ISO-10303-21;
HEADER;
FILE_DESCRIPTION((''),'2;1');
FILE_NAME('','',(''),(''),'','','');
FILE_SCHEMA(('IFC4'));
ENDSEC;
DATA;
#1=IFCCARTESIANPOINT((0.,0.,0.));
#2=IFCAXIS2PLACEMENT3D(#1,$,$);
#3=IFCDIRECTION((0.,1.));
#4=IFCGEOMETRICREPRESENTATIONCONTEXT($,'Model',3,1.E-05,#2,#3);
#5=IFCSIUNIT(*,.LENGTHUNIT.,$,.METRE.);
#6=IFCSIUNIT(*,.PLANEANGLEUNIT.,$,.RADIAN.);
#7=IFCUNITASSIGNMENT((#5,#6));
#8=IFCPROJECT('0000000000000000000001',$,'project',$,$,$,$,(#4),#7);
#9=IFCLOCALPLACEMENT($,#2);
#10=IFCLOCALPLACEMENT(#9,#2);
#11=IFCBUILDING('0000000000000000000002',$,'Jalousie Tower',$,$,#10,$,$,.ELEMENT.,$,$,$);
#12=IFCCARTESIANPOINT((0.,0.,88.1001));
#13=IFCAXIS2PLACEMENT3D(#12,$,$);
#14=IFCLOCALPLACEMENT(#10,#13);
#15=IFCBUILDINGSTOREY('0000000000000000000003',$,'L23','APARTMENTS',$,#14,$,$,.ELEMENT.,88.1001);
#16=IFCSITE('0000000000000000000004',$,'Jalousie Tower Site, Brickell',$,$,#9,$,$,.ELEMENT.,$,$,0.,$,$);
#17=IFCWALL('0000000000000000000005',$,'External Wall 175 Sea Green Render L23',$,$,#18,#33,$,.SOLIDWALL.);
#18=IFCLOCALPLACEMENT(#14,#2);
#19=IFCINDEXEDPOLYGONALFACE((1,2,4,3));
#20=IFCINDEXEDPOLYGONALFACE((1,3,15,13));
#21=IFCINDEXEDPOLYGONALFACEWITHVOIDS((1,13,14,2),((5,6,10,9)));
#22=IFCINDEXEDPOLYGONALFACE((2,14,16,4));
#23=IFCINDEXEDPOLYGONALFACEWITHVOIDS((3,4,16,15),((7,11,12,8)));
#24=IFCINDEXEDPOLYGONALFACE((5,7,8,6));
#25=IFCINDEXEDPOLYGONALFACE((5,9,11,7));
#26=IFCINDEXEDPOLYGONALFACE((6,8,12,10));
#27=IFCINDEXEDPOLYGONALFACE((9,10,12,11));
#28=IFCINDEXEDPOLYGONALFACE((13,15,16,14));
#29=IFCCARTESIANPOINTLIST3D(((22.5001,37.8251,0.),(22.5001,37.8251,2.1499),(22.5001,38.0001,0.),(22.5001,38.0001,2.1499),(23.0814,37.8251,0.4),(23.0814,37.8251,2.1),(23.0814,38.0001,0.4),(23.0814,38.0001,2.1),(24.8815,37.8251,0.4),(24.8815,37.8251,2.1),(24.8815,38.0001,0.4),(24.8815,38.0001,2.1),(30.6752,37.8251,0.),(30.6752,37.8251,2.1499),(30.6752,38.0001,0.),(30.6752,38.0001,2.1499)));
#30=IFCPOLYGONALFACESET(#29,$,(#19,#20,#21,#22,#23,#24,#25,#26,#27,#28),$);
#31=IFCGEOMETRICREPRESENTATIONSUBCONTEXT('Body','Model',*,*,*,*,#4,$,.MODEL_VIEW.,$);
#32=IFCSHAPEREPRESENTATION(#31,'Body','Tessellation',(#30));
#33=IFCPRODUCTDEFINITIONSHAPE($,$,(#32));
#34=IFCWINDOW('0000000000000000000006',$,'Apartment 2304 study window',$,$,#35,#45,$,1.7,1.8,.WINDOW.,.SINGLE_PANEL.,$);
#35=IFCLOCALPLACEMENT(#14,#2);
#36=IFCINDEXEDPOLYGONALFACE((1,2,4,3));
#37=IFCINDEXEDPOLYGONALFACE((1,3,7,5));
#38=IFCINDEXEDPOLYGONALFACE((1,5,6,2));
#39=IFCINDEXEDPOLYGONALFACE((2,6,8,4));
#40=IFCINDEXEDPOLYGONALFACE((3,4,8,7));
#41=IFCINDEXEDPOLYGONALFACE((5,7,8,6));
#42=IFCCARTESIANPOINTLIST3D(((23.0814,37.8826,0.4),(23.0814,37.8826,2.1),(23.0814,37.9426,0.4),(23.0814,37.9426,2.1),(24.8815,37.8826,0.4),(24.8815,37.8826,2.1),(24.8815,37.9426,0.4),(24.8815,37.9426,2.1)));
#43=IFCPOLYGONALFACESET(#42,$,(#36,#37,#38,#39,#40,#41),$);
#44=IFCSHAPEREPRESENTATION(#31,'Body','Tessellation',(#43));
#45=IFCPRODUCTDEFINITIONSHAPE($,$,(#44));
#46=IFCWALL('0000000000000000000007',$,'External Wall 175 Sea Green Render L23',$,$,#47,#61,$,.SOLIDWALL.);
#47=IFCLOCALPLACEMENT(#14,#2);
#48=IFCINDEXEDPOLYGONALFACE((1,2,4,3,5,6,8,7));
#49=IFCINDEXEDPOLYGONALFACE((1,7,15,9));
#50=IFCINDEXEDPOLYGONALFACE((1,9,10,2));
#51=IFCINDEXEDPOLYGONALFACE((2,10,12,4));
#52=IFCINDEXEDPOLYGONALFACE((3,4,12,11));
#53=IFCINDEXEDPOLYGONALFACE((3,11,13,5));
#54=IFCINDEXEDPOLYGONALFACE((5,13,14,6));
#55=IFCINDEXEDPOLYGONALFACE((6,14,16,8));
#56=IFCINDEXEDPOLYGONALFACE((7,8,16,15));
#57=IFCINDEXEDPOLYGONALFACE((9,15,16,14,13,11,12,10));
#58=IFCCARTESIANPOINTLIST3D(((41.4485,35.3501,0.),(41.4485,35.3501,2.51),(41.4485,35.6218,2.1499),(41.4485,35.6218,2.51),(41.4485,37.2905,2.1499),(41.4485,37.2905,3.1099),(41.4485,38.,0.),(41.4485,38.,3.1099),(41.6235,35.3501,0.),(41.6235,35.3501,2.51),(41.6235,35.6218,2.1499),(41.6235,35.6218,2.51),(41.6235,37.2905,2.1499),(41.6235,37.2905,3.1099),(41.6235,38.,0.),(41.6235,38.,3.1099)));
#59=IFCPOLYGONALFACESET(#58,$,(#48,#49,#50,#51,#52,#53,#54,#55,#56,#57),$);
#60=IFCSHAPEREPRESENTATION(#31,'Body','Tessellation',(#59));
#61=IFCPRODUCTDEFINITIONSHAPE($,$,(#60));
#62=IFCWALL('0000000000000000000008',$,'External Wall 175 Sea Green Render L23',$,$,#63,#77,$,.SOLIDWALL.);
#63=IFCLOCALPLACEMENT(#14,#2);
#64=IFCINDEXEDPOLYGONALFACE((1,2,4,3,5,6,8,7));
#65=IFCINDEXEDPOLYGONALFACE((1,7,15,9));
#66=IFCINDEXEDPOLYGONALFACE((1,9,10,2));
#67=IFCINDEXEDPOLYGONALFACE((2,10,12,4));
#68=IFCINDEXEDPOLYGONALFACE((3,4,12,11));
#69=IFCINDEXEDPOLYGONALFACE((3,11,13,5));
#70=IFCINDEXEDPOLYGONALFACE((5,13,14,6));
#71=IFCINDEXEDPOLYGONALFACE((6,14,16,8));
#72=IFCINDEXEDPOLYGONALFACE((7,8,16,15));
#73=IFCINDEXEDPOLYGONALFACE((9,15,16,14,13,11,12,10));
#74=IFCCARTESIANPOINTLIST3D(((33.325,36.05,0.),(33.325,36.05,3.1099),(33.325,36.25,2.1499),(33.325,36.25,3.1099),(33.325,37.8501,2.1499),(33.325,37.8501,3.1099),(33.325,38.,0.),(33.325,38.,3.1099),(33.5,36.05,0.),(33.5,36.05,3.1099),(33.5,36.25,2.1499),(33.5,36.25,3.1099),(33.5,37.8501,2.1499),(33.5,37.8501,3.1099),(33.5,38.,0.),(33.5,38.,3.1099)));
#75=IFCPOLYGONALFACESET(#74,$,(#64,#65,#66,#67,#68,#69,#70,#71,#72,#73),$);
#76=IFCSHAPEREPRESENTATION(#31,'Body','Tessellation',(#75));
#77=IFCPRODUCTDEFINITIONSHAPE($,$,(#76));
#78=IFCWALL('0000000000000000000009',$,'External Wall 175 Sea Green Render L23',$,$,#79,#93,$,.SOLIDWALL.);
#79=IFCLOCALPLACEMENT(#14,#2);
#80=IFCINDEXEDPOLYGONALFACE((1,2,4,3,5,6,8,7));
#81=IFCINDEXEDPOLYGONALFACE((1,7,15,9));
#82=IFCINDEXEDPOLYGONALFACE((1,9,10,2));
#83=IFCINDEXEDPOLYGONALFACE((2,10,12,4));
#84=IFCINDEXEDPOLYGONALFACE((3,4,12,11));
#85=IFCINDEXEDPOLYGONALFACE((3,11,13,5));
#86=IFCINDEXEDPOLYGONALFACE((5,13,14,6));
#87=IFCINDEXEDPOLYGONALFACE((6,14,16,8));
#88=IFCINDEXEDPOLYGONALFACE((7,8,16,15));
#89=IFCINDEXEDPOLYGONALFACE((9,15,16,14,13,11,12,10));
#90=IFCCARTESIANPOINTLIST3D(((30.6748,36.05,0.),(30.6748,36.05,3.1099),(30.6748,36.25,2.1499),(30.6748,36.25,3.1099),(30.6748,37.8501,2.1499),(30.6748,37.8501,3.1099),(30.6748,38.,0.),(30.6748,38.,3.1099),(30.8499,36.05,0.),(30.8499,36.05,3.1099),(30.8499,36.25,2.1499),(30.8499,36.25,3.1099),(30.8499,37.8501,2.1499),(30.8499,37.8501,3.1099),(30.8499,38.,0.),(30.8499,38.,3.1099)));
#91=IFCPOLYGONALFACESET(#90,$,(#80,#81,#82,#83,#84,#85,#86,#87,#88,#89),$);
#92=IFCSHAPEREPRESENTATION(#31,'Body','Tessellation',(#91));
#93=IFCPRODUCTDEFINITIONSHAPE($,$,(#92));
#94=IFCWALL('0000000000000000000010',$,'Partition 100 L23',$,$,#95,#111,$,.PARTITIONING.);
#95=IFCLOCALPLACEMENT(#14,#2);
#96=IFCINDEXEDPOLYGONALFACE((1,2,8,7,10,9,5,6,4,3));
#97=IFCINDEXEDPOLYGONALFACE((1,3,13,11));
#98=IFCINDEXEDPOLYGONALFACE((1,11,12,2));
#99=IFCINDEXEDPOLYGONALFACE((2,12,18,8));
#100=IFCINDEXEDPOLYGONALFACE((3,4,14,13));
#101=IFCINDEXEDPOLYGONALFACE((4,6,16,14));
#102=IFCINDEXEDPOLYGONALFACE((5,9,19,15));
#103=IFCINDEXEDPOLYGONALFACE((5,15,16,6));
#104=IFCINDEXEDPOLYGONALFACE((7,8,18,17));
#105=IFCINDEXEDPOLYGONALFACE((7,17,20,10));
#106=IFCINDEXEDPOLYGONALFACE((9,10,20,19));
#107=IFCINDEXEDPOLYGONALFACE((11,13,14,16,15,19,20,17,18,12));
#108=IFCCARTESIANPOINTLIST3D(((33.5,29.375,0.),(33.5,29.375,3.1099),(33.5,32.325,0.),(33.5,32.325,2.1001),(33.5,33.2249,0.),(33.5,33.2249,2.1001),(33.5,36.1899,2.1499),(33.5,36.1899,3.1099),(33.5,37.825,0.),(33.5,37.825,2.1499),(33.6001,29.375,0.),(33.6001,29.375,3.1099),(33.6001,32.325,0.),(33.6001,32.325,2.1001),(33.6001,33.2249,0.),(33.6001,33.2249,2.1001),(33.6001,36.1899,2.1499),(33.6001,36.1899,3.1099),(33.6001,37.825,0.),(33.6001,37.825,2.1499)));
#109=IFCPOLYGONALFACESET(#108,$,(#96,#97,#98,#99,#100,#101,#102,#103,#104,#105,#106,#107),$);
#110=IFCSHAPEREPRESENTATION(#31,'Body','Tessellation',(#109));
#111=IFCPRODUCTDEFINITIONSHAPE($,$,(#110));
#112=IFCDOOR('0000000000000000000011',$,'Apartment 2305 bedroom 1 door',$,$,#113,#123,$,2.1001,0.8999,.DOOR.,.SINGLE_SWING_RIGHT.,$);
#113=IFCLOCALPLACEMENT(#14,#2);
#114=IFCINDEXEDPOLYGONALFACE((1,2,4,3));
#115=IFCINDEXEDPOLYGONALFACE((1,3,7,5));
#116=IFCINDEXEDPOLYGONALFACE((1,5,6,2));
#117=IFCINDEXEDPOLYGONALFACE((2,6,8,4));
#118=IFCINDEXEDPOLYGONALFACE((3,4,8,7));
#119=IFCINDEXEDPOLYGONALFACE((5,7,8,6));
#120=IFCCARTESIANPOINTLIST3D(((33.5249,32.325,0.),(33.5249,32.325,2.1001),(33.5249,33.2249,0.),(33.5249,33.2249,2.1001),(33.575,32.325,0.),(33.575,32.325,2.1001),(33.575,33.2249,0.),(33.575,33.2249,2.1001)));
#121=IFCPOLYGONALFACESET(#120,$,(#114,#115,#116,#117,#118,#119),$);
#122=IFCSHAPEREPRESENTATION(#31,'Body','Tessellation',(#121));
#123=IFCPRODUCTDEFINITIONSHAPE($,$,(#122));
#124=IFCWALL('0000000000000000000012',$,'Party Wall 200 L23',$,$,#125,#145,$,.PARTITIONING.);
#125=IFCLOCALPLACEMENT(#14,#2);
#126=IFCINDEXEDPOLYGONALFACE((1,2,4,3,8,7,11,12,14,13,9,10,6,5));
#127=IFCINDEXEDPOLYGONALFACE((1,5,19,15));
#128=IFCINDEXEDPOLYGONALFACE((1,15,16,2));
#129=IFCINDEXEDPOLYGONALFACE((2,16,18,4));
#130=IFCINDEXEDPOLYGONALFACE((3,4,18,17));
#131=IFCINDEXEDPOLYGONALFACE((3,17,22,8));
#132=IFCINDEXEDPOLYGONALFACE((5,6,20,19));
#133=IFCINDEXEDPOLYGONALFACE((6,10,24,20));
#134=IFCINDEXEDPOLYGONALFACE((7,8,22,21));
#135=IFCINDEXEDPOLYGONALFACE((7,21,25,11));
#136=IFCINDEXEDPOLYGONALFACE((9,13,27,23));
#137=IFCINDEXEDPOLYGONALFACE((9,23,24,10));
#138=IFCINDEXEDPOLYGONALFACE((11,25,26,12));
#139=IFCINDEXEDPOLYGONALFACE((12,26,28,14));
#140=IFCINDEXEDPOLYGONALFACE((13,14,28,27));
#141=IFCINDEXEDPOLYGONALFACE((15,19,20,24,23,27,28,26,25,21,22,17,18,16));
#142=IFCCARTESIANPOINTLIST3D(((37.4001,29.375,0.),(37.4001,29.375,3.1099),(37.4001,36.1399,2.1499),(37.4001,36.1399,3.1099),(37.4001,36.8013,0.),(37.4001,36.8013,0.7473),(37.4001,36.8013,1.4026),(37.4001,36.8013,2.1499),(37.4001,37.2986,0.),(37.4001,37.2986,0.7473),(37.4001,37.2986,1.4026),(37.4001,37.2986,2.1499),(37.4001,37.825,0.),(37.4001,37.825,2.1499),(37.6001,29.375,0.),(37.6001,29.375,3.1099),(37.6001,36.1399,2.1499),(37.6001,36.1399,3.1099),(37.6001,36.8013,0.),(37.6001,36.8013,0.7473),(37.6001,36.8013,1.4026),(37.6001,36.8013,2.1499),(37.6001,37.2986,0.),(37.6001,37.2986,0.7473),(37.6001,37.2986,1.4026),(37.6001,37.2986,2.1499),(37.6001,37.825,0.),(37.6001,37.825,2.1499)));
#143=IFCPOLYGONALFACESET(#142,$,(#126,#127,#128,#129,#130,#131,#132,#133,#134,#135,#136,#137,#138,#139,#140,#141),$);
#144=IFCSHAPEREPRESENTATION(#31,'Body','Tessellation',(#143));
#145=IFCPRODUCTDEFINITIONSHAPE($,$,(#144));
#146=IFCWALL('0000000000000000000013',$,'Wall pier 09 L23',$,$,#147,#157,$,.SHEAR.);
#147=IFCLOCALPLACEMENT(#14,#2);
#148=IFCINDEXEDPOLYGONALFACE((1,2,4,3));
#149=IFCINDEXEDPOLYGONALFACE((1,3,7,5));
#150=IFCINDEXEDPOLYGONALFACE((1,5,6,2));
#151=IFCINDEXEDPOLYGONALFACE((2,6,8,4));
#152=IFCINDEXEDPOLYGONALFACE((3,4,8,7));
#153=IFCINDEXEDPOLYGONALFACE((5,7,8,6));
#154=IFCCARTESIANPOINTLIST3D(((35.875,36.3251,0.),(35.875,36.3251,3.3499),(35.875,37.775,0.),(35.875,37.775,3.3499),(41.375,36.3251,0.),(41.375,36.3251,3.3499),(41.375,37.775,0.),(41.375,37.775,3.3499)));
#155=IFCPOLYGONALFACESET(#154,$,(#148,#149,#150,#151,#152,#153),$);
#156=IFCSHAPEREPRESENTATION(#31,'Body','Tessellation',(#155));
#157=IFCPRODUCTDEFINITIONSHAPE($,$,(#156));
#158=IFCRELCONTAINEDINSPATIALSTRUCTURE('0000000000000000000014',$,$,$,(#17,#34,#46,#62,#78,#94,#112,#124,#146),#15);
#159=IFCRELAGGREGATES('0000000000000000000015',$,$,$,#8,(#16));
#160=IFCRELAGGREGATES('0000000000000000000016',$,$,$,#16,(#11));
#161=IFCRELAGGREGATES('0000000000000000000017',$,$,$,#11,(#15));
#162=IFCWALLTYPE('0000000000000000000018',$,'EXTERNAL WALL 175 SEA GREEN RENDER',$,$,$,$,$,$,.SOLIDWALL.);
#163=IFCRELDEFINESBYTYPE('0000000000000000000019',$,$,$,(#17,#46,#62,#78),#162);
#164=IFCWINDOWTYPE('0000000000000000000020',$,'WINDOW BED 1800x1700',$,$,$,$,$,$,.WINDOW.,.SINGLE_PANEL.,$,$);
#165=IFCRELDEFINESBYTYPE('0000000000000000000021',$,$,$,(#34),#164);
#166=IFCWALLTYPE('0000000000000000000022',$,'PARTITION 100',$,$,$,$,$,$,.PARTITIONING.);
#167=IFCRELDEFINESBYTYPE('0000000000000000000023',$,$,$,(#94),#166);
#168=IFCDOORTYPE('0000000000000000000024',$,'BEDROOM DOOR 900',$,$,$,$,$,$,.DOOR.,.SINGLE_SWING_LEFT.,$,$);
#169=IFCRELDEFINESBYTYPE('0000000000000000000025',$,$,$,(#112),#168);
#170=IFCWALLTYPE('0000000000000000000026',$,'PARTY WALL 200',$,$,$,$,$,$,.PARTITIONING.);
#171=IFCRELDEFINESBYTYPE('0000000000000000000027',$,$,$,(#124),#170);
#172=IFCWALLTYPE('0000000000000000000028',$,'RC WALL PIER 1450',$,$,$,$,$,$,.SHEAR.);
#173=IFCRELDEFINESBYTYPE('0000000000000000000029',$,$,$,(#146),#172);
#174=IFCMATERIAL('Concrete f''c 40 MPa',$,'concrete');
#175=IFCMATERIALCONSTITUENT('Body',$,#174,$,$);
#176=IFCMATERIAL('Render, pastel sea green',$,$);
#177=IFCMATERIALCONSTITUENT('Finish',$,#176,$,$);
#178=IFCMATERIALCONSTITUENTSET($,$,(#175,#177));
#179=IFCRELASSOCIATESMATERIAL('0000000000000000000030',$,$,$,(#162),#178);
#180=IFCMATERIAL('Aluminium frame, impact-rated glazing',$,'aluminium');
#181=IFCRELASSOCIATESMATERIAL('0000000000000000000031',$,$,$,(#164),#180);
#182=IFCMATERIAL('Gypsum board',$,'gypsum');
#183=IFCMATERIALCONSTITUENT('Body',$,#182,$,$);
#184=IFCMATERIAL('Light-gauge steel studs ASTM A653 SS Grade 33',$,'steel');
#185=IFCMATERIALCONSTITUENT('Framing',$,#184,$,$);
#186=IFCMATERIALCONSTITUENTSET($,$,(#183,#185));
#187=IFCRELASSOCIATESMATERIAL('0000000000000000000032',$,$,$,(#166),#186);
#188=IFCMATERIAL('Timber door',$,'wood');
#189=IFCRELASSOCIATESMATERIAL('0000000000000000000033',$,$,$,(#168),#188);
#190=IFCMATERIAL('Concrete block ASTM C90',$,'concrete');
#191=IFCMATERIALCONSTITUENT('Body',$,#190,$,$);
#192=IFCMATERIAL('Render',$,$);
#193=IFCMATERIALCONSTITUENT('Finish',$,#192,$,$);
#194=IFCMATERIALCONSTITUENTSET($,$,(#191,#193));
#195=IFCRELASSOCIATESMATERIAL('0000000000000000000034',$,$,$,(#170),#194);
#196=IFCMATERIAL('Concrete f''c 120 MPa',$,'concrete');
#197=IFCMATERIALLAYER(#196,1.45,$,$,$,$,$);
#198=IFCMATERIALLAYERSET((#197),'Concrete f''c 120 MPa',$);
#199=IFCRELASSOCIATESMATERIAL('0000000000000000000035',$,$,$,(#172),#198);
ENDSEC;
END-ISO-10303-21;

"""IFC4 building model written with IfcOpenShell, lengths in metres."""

from ifc_helpers import new_model, si_unit, direction, frame, frame_2d, origin, place, context, subcontext, project, spatial, polyline, rectangle, outline, extrude, material, layer, layer_set, constituent, constituent_set, type_object, element, fill, save


model = new_model("IFC4")

# Units and contexts
model_context = context("Model", 3, precision=1e-05, world=origin(), true_north=direction((0.0, 1.0)))
body_context = subcontext(model_context, "Body", "Model", "MODEL_VIEW")
ifc_project = project(units=[si_unit("LENGTHUNIT", "METRE"), si_unit("PLANEANGLEUNIT", "RADIAN")], contexts=[model_context])

# Site, building, storey
site_placement = place(None, origin())
site = spatial("IfcSite", under=ifc_project, at=site_placement, Name="Jalousie Tower Site, Brickell", CompositionType="ELEMENT", RefElevation=0.0)
building_placement = place(site_placement, origin())
building = spatial("IfcBuilding", under=site, at=building_placement, Name="Jalousie Tower", CompositionType="ELEMENT")
storey_placement = place(building_placement, frame((0.0, 0.0, 88.1001)))
storey = spatial("IfcBuildingStorey", under=building, at=storey_placement, Name="L23", Description="APARTMENTS", CompositionType="ELEMENT", Elevation=88.1001)

# Wall, opening, window
ifc_material_1 = material(Name="Concrete f'c 40 MPa", Category="concrete")
ifc_constituent_1 = constituent(ifc_material_1, Name="Body")
ifc_material_2 = material(Name="Render, pastel sea green")
ifc_constituent_2 = constituent(ifc_material_2, Name="Finish")
ifc_constituent_set_1 = constituent_set(constituents=[ifc_constituent_1, ifc_constituent_2])
wall_type_1 = type_object("IfcWallType", Name="EXTERNAL WALL 175 SEA GREEN RENDER", PredefinedType="SOLIDWALL", material=ifc_constituent_set_1)
ifc_material_3 = material(Name="Aluminium frame, impact-rated glazing", Category="aluminium")
window_type = type_object("IfcWindowType", Name="WINDOW BED 1800x1700", PartitioningType="SINGLE_PANEL", PredefinedType="WINDOW", material=ifc_material_3)
wall_1_placement = place(storey_placement, frame((30.675, 37.9126, 0.0), z_axis=(0.0, 0.0, 1.0), x_axis=(-1.0, 0.0, 0.0)))
wall_1 = element("IfcWall", 1, at=wall_1_placement, inside=storey, type_object=wall_type_1, Name="External Wall 175 Sea Green Render L23", PredefinedType="SOLIDWALL", context=body_context, shape_type="SweptSolid", body=[
    extrude(rectangle(XDim=8.175, YDim=0.175, at=frame_2d((4.0874, 0.0))), origin(), (0.0, 0.0, 1.0), 2.1499),
])
opening_1_placement = place(wall_1_placement, frame((5.7937, 0.0, 0.3999)))
opening_1 = element("IfcOpeningElement", 2, at=opening_1_placement, cuts=wall_1, PredefinedType="OPENING", context=body_context, shape_type="SweptSolid", body=[
    extrude(rectangle(XDim=1.8, YDim=1.7, at=frame_2d((0.8999, 0.8501))), frame((0.0, 0.0974, 0.0), z_axis=(0.0, -1.0, 0.0), x_axis=(1.0, 0.0, 0.0)), (0.0, 0.0, 1.0), 0.1951),
])
window_1_placement = place(opening_1_placement, origin())
window_1 = element("IfcWindow", 3, at=window_1_placement, inside=storey, type_object=window_type, Name="Apartment 2304 study window", OverallHeight=1.7, OverallWidth=1.8, PartitioningType="SINGLE_PANEL", PredefinedType="WINDOW", context=body_context, shape_type="SweptSolid", body=[
    extrude(rectangle(XDim=1.8, YDim=1.7, at=frame_2d((0.8999, 0.8501))), frame((0.0, 0.03, 0.0), z_axis=(0.0, -1.0, 0.0), x_axis=(1.0, 0.0, 0.0)), (0.0, 0.0, 1.0), 0.0601),
])
fill(opening_1, window_1)

# Walls
wall_2_placement = place(storey_placement, frame((41.5361, 38.0, 0.0), z_axis=(0.0, 0.0, 1.0), x_axis=(0.0, -1.0, 0.0)))
element("IfcWall", 4, at=wall_2_placement, inside=storey, type_object=wall_type_1, Name="External Wall 175 Sea Green Render L23", PredefinedType="SOLIDWALL", context=body_context, shape_type="SweptSolid", body=[
    extrude(outline(polyline([(0.0, 0.0), (2.6499, 0.0), (2.6499, 2.51), (2.3782, 2.51), (2.3782, 2.1499), (0.7095, 2.1499), (0.7095, 3.1099), (0.0, 3.1099), (0.0, 0.0)])), frame((0.0, 0.0874, 0.0), z_axis=(0.0, -1.0, 0.0), x_axis=(1.0, 0.0, 0.0)), (0.0, 0.0, 1.0), 0.175),
])
for number, where, z_axis, x_axis, name in (
    (5, (33.4126, 38.0, 0.0), (0.0, 0.0, 1.0), (0.0, -1.0, 0.0), "External Wall 175 Sea Green Render L23"),
    (6, (30.7625, 38.0, 0.0), (0.0, 0.0, 1.0), (0.0, -1.0, 0.0), "External Wall 175 Sea Green Render L23"),
):
    element("IfcWall", number, at=place(storey_placement, frame(where, z_axis=z_axis, x_axis=x_axis)), inside=storey, type_object=wall_type_1, Name=name, PredefinedType="SOLIDWALL", context=body_context, shape_type="SweptSolid", body=[
        extrude(outline(polyline([(0.0, 0.0), (1.95, 0.0), (1.95, 3.1099), (1.75, 3.1099), (1.75, 2.1499), (0.1499, 2.1499), (0.1499, 3.1099), (0.0, 3.1099), (0.0, 0.0)])), frame((0.0, 0.0874, 0.0), z_axis=(0.0, -1.0, 0.0), x_axis=(1.0, 0.0, 0.0)), (0.0, 0.0, 1.0), 0.175),
    ])

# Wall, opening, door
ifc_material_4 = material(Name="Gypsum board", Category="gypsum")
ifc_constituent_3 = constituent(ifc_material_4, Name="Body")
ifc_material_5 = material(Name="Light-gauge steel studs ASTM A653 SS Grade 33", Category="steel")
ifc_constituent_4 = constituent(ifc_material_5, Name="Framing")
ifc_constituent_set_2 = constituent_set(constituents=[ifc_constituent_3, ifc_constituent_4])
wall_type_2 = type_object("IfcWallType", Name="PARTITION 100", PredefinedType="PARTITIONING", material=ifc_constituent_set_2)
wall_3_placement = place(storey_placement, frame((33.55, 37.825, 0.0), z_axis=(0.0, 0.0, 1.0), x_axis=(0.0, -1.0, 0.0)))
wall_3 = element("IfcWall", 7, at=wall_3_placement, inside=storey, type_object=wall_type_2, Name="Partition 100 L23", PredefinedType="PARTITIONING", context=body_context, shape_type="SweptSolid", body=[
    extrude(outline(polyline([(0.0, 0.0), (8.45, 0.0), (8.45, 3.1099), (1.635, 3.1099), (1.635, 2.1499), (0.0, 2.1499), (0.0, 3.1099), (0.0, 0.0)])), frame((0.0, 0.05, 0.0), z_axis=(0.0, -1.0, 0.0), x_axis=(1.0, 0.0, 0.0)), (0.0, 0.0, 1.0), 0.1001),
])
opening_2_placement = place(wall_3_placement, frame((4.6001, 0.0, 0.0)))
opening_2 = element("IfcOpeningElement", 8, at=opening_2_placement, cuts=wall_3, PredefinedType="OPENING", context=body_context, shape_type="SweptSolid", body=[
    extrude(rectangle(XDim=0.8999, YDim=2.1001, at=frame_2d((0.45, 1.05))), frame((0.0, 0.0601, 0.0), z_axis=(0.0, -1.0, 0.0), x_axis=(1.0, 0.0, 0.0)), (0.0, 0.0, 1.0), 0.1201),
])
ifc_material_6 = material(Name="Timber door", Category="wood")
door_type = type_object("IfcDoorType", Name="BEDROOM DOOR 900", OperationType="SINGLE_SWING_LEFT", PredefinedType="DOOR", material=ifc_material_6)
door_placement = place(opening_2_placement, origin())
door = element("IfcDoor", 9, at=door_placement, inside=storey, type_object=door_type, Name="Apartment 2305 bedroom 1 door", OperationType="SINGLE_SWING_RIGHT", OverallHeight=2.1001, OverallWidth=0.8999, PredefinedType="DOOR", context=body_context, shape_type="SweptSolid", body=[
    extrude(rectangle(XDim=0.8999, YDim=2.1001, at=frame_2d((0.45, 1.05))), frame((0.0, 0.0249, 0.0), z_axis=(0.0, -1.0, 0.0), x_axis=(1.0, 0.0, 0.0)), (0.0, 0.0, 1.0), 0.05),
])
fill(opening_2, door)

# Walls
ifc_material_7 = material(Name="Concrete block ASTM C90", Category="concrete")
ifc_constituent_5 = constituent(ifc_material_7, Name="Body")
ifc_material_8 = material(Name="Render")
ifc_constituent_6 = constituent(ifc_material_8, Name="Finish")
ifc_constituent_set_3 = constituent_set(constituents=[ifc_constituent_5, ifc_constituent_6])
wall_type_3 = type_object("IfcWallType", Name="PARTY WALL 200", PredefinedType="PARTITIONING", material=ifc_constituent_set_3)
wall_4_placement = place(storey_placement, frame((37.5, 37.825, 0.0), z_axis=(0.0, 0.0, 1.0), x_axis=(0.0, -1.0, 0.0)))
element("IfcWall", 10, at=wall_4_placement, inside=storey, type_object=wall_type_3, Name="Party Wall 200 L23", PredefinedType="PARTITIONING", context=body_context, shape_type="SweptSolid", body=[
    extrude(outline(polyline([(0.5264, 2.1499), (0.0, 2.1499), (0.0, 0.0), (0.5264, 0.0), (0.5264, 0.7473), (1.0237, 0.7473), (1.0237, 0.0), (8.45, 0.0), (8.45, 3.1099), (1.6851, 3.1099), (1.6851, 2.1499), (1.0237, 2.1499), (1.0237, 1.4026), (0.5264, 1.4026), (0.5264, 2.1499)])), frame((0.0, 0.1001, 0.0), z_axis=(0.0, -1.0, 0.0), x_axis=(1.0, 0.0, 0.0)), (0.0, 0.0, 1.0), 0.2),
])
ifc_material_9 = material(Name="Concrete f'c 120 MPa", Category="concrete")
ifc_layer_1 = layer(ifc_material_9, 1.45)
ifc_layer_set_1 = layer_set([ifc_layer_1], Name="Concrete f'c 120 MPa")
wall_type_4 = type_object("IfcWallType", Name="RC WALL PIER 1450", PredefinedType="SHEAR", material=ifc_layer_set_1)
wall_5_placement = place(storey_placement, frame((35.875, 37.05, 0.0), z_axis=(0.0, 0.0, 1.0), x_axis=(1.0, 0.0, 0.0)))
element("IfcWall", 11, at=wall_5_placement, inside=storey, type_object=wall_type_4, Name="Wall pier 09 L23", PredefinedType="SHEAR", context=body_context, shape_type="SweptSolid", body=[
    extrude(rectangle(XDim=5.5, YDim=1.45, at=frame_2d((2.75, 0.0))), origin(), (0.0, 0.0, 1.0), 3.3499),
])

save(model, "model.ifc")
